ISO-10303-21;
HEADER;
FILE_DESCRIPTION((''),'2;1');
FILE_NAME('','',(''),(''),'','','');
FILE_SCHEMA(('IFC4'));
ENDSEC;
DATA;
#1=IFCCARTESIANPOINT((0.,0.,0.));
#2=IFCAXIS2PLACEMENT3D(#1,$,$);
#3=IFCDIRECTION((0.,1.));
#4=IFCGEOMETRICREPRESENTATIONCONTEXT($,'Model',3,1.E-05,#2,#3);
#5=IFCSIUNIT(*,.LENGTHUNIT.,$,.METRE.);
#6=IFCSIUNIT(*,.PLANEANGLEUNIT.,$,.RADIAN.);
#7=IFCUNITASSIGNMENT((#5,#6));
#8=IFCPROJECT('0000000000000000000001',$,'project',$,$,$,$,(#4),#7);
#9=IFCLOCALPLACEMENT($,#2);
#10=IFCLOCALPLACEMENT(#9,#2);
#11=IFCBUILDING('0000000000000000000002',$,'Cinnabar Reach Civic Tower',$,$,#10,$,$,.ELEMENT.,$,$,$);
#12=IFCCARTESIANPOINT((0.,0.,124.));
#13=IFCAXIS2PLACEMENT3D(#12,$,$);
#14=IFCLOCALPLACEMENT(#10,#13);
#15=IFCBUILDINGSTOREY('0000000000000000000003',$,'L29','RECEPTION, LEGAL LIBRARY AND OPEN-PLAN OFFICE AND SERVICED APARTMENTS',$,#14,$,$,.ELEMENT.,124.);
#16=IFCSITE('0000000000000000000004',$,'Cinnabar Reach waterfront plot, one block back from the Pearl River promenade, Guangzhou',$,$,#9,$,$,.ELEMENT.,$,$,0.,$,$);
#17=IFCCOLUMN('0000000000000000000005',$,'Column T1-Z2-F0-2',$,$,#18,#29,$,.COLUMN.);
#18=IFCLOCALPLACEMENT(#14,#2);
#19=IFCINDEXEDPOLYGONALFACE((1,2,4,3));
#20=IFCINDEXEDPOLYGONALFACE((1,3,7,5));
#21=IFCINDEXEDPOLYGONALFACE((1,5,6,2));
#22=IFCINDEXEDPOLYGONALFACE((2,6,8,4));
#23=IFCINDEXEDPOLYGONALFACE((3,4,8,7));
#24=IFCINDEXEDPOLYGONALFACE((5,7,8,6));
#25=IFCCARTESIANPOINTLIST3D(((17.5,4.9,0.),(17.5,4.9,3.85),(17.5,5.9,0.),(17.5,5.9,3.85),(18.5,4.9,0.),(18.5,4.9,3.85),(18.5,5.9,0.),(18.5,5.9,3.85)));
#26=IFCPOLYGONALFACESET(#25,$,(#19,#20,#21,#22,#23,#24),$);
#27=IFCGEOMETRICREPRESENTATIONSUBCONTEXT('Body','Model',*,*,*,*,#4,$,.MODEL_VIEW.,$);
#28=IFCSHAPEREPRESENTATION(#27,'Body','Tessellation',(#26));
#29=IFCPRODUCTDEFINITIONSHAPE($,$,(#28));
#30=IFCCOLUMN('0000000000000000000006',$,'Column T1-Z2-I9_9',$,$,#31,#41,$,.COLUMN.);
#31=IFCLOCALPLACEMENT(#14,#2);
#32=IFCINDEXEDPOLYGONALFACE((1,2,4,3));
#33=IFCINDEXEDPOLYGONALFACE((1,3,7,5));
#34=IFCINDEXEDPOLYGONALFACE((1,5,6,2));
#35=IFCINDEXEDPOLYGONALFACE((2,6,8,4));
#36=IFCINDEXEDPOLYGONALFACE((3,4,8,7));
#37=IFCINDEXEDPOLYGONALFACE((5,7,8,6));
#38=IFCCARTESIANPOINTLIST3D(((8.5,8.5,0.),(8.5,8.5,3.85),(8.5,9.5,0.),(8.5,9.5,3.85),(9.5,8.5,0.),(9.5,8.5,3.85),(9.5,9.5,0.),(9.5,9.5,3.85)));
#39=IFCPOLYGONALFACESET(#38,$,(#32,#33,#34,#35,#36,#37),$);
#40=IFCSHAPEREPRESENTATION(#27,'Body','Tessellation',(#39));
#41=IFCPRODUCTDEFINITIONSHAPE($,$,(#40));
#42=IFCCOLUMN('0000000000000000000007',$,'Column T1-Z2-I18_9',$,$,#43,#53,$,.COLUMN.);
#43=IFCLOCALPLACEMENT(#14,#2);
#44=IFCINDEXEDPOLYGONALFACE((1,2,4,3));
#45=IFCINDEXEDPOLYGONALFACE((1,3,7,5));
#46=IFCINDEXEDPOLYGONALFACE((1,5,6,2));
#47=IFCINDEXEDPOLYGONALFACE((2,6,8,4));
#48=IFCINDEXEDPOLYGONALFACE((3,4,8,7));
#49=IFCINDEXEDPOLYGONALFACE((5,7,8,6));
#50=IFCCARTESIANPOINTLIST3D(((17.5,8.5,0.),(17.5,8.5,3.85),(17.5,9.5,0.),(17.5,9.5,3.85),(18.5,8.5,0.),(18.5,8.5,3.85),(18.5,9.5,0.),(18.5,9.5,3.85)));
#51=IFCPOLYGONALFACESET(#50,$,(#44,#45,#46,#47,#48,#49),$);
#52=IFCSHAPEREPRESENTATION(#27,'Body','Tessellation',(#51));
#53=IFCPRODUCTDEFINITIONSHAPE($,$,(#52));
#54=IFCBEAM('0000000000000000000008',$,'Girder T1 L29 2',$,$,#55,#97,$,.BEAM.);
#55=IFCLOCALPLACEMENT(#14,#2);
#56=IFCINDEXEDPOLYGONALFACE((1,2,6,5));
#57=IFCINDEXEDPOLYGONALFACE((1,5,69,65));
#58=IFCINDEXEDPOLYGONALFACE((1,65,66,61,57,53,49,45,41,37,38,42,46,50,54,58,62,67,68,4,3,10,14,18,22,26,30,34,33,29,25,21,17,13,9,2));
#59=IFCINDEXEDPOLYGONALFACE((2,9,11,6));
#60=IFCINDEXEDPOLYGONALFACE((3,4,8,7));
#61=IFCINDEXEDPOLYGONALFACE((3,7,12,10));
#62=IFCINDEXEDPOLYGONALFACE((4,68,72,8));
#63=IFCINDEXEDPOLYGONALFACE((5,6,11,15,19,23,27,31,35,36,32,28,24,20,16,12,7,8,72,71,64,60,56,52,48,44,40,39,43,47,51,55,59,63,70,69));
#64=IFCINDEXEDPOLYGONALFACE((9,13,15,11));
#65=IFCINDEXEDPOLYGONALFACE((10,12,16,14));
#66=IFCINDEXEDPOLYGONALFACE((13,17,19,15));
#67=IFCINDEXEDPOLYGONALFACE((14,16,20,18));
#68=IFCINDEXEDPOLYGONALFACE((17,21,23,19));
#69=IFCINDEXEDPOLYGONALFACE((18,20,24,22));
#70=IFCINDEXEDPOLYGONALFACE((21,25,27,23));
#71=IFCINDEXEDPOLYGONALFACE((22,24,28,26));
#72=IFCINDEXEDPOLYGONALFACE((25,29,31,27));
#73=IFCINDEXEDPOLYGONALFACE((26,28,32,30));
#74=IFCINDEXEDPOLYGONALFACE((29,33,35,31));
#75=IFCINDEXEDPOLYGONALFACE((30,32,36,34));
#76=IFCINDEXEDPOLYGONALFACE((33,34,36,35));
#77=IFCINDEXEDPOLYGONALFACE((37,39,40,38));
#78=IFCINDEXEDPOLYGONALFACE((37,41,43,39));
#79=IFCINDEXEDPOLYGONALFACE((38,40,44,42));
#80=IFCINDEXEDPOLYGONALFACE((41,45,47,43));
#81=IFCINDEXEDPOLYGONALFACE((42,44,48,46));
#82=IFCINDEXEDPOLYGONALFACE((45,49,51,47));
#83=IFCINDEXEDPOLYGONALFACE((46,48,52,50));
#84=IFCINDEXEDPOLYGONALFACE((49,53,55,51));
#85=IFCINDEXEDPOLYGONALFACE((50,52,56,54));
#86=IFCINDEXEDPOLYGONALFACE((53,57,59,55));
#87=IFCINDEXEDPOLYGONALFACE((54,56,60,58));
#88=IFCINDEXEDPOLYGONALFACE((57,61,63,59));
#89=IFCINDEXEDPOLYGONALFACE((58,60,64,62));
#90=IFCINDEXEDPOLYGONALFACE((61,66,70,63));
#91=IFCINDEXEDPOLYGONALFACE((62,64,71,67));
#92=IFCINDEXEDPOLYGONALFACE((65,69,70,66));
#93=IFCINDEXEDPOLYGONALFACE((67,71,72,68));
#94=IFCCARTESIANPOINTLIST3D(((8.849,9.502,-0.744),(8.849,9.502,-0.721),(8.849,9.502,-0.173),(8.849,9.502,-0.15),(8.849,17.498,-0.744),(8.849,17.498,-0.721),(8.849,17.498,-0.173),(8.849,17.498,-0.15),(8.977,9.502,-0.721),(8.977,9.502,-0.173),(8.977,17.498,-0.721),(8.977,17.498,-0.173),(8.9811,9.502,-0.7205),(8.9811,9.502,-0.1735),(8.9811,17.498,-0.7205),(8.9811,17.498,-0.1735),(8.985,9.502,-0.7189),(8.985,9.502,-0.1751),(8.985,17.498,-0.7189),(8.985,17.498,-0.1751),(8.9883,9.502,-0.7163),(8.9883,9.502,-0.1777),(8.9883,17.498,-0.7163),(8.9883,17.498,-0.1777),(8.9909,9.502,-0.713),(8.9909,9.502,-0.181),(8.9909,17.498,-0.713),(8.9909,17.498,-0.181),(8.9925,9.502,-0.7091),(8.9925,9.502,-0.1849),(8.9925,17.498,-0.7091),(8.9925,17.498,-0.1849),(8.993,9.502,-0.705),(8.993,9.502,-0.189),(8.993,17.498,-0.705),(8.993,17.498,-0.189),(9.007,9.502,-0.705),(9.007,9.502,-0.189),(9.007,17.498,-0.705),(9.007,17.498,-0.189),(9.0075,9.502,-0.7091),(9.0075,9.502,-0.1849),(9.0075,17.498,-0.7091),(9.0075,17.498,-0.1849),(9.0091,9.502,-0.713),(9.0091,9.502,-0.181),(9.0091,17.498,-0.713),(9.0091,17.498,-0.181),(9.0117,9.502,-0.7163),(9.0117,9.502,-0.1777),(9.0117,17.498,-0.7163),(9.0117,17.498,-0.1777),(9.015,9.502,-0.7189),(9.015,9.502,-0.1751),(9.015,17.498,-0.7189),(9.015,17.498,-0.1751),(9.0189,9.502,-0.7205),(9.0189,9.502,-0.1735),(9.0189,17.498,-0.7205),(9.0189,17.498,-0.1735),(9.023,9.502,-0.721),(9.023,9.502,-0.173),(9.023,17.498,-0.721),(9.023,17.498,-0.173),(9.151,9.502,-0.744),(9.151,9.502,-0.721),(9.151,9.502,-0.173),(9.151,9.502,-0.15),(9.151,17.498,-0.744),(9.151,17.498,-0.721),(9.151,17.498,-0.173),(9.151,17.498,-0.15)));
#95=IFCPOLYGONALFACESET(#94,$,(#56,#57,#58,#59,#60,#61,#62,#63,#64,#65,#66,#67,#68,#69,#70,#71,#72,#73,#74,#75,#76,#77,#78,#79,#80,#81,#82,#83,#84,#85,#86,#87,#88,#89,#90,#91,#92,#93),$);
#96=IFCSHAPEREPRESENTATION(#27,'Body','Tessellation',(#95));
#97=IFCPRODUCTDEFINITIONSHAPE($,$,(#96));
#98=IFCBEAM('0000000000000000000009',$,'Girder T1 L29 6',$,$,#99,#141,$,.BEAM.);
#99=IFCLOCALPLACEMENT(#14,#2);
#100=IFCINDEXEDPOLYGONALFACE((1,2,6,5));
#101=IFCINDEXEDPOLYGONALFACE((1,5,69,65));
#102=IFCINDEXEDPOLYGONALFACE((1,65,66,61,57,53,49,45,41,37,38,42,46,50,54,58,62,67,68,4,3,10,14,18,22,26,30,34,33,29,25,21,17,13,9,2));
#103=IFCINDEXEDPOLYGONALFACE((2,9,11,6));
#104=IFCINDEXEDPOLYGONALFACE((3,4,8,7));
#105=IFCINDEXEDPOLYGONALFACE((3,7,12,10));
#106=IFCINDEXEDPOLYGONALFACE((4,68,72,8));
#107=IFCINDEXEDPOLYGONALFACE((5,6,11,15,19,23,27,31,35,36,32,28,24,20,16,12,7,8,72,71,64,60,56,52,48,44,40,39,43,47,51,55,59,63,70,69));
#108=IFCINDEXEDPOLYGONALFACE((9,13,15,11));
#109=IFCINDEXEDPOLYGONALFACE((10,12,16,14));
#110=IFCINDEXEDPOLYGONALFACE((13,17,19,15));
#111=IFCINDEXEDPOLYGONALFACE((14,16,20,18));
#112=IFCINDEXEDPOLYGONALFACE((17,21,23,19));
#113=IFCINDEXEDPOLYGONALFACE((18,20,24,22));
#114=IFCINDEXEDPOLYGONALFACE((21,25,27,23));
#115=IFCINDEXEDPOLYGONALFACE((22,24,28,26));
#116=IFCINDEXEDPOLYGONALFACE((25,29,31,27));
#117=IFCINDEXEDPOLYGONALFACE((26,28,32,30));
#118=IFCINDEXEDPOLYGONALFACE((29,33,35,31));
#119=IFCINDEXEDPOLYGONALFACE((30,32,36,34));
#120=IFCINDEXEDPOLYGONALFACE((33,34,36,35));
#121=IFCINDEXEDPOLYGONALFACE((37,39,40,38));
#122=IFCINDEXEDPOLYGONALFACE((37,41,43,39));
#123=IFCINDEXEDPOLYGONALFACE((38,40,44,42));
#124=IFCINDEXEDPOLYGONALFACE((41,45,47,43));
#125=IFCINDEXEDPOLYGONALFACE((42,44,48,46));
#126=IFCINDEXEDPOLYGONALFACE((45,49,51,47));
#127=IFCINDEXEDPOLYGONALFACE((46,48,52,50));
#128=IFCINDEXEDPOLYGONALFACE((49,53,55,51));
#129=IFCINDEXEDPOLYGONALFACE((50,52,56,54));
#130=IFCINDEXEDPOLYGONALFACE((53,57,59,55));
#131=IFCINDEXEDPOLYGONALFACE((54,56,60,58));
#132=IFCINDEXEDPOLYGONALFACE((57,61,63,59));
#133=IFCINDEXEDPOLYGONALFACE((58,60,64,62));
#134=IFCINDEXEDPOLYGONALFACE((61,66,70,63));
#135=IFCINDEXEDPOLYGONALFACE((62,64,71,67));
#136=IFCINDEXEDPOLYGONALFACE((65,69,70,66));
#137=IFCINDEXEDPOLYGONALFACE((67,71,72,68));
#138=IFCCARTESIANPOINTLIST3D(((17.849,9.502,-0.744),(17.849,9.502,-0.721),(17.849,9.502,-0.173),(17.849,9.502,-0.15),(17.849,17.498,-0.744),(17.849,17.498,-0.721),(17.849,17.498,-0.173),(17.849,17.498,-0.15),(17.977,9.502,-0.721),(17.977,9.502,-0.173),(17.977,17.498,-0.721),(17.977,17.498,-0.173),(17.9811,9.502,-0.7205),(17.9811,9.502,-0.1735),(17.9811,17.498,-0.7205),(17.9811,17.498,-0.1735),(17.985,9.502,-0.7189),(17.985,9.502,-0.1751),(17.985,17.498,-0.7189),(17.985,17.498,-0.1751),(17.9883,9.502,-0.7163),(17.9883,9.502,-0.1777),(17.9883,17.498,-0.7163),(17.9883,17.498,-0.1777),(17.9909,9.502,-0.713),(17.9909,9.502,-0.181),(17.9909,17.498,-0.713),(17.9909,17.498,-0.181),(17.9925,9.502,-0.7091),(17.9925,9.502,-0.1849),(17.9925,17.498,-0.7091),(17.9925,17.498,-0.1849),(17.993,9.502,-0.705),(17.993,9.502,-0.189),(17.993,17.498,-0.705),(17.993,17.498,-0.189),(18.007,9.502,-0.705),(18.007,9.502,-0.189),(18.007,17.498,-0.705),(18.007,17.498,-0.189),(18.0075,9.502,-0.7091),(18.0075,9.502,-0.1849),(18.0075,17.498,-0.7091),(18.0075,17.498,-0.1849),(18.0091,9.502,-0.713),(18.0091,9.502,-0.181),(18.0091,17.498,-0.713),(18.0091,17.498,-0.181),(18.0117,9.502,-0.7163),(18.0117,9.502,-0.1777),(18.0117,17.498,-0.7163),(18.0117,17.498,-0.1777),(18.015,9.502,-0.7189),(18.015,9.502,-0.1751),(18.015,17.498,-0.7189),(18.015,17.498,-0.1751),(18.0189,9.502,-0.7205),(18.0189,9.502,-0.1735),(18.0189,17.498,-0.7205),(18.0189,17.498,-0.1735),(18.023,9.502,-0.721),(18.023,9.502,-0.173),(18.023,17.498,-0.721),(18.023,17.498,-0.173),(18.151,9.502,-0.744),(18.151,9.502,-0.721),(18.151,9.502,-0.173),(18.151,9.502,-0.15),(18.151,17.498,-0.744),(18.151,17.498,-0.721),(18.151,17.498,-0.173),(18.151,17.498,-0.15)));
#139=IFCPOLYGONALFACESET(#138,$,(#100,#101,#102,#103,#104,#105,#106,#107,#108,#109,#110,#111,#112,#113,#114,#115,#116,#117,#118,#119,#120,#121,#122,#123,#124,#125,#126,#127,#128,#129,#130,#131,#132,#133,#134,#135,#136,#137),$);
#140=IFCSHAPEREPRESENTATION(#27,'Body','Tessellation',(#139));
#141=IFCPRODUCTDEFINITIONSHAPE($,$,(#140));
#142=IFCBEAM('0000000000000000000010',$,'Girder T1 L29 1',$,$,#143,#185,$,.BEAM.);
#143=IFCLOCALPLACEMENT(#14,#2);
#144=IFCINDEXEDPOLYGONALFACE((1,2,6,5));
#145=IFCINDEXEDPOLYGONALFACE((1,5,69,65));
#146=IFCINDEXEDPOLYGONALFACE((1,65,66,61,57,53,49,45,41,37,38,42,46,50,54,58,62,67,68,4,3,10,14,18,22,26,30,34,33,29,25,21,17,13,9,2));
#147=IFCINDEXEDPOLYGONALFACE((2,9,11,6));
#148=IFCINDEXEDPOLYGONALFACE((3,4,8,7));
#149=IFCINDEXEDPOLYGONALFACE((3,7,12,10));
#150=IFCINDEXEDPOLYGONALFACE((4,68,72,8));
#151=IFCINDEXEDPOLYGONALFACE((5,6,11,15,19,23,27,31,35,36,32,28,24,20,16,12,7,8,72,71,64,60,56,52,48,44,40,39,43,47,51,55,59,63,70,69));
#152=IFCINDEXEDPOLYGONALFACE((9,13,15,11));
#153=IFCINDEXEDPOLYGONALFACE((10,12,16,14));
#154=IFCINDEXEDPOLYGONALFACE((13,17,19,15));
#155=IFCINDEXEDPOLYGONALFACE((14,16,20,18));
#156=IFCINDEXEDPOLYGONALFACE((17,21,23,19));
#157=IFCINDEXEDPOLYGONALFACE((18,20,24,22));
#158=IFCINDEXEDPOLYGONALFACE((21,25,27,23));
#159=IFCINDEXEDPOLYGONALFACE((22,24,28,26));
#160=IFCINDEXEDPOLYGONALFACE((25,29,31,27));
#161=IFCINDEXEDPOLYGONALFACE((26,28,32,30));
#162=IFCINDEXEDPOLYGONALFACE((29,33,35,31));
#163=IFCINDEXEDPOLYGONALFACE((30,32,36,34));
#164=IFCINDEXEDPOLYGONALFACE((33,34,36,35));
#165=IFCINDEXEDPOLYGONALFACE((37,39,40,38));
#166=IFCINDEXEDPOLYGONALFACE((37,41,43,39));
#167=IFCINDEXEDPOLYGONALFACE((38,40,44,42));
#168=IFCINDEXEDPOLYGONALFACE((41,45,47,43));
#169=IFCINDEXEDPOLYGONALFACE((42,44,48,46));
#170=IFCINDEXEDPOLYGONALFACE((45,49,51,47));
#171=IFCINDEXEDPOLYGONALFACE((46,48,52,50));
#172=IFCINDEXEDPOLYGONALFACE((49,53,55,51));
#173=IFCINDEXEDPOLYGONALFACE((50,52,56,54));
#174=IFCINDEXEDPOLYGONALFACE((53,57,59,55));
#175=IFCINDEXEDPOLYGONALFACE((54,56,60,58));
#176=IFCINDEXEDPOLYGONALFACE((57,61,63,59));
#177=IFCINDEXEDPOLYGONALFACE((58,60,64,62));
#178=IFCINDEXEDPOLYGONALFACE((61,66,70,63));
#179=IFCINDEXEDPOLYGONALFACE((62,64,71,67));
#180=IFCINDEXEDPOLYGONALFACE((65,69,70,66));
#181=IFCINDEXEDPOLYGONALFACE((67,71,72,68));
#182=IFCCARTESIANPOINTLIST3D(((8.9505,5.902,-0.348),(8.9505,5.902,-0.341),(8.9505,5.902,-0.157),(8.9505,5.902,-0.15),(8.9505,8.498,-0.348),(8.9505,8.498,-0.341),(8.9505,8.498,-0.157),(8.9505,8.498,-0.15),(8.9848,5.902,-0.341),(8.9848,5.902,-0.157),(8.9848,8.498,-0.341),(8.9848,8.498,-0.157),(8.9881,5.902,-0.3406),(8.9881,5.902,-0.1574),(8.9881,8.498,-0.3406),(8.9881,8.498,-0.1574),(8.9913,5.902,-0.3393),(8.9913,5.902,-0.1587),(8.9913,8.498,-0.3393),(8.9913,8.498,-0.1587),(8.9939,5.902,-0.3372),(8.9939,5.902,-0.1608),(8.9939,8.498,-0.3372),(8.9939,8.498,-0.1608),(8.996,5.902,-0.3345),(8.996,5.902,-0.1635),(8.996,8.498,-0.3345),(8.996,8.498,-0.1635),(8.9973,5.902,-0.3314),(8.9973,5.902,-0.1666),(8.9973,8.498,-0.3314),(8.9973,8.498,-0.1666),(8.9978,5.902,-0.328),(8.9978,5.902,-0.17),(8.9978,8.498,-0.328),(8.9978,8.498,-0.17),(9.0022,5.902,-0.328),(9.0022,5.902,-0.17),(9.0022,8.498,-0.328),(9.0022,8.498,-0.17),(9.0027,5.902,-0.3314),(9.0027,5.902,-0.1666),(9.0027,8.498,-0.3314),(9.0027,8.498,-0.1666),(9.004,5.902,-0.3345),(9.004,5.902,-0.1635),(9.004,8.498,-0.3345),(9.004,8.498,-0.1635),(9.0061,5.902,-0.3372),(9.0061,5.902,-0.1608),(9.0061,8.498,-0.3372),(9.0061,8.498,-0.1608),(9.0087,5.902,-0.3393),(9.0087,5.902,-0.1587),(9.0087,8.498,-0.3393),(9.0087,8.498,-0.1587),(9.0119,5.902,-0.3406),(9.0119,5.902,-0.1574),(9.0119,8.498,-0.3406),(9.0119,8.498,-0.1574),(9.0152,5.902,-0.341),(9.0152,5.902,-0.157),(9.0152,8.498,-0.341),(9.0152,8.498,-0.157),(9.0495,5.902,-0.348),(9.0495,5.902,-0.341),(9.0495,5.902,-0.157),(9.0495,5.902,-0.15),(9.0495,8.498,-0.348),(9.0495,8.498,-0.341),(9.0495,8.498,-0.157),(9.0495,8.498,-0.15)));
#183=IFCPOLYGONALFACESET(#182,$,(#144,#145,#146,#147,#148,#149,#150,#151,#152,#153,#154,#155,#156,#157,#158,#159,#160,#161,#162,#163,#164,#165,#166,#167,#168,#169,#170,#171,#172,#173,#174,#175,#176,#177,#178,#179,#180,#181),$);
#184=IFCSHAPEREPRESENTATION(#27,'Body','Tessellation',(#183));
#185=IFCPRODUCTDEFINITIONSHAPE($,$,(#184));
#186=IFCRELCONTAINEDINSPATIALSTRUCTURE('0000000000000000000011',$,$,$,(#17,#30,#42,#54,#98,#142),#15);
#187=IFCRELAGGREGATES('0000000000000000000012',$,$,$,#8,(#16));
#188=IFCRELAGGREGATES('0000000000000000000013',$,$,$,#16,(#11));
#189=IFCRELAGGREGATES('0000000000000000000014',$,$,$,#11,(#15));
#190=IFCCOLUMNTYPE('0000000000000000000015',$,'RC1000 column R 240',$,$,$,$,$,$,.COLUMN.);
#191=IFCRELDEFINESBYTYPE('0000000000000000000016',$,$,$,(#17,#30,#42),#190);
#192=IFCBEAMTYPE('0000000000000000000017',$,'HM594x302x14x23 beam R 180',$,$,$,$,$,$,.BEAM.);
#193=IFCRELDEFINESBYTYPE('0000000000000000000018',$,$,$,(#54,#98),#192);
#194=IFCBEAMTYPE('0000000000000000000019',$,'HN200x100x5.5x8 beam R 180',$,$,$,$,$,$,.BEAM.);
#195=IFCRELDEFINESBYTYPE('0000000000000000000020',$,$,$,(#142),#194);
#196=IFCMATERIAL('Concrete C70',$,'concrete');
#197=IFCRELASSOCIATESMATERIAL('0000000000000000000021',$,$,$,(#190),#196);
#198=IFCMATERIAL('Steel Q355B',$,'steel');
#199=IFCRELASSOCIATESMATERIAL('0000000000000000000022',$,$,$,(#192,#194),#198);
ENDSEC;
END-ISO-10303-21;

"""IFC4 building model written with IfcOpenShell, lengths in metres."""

from ifc_helpers import new_model, si_unit, direction, frame, origin, origin_2d, place, context, subcontext, project, spatial, rectangle, i_section, extrude, material, material_profile, profile_set, type_object, element, save


model = new_model("IFC4")

# Units and contexts
model_context = context("Model", 3, precision=1e-05, world=origin(), true_north=direction((0.0, 1.0)))
body_context = subcontext(model_context, "Body", "Model", "MODEL_VIEW")
ifc_project = project(units=[si_unit("LENGTHUNIT", "METRE"), si_unit("PLANEANGLEUNIT", "RADIAN")], contexts=[model_context])

# Site, building, storey
site_placement = place(None, origin())
site = spatial("IfcSite", under=ifc_project, at=site_placement, Name="Cinnabar Reach waterfront plot, one block back from the Pearl River promenade, Guangzhou", CompositionType="ELEMENT", RefElevation=0.0)
building_placement = place(site_placement, origin())
building = spatial("IfcBuilding", under=site, at=building_placement, Name="Cinnabar Reach Civic Tower", CompositionType="ELEMENT")
storey_placement = place(building_placement, frame((0.0, 0.0, 124.0)))
storey = spatial("IfcBuildingStorey", under=building, at=storey_placement, Name="L29", Description="RECEPTION, LEGAL LIBRARY AND OPEN-PLAN OFFICE AND SERVICED APARTMENTS", CompositionType="ELEMENT", Elevation=124.0)

# Columns
ifc_material_1 = material(Name="Concrete C70", Category="concrete")
ifc_material_profile_1 = material_profile(ifc_material_1, rectangle(XDim=1.0, YDim=1.0, at=origin_2d()), Name="RC1000")
ifc_profile_set_1 = profile_set([ifc_material_profile_1], Name="Concrete C70")
column_type = type_object("IfcColumnType", Name="RC1000 column R 240", PredefinedType="COLUMN", material=ifc_profile_set_1)
for number, where, z_axis, x_axis, name in (
    (1, (18.0, 5.4, 0.0), (0.0, 0.0, 1.0), (1.0, 0.0, 0.0), "Column T1-Z2-F0-2"),
    (2, (9.0, 9.0, 0.0), (0.0, 0.0, 1.0), (1.0, 0.0, 0.0), "Column T1-Z2-I9_9"),
    (3, (18.0, 9.0, 0.0), (0.0, 0.0, 1.0), (1.0, 0.0, 0.0), "Column T1-Z2-I18_9"),
):
    element("IfcColumn", number, at=place(storey_placement, frame(where, z_axis=z_axis, x_axis=x_axis)), inside=storey, type_object=column_type, Name=name, PredefinedType="COLUMN", context=body_context, shape_type="SweptSolid", body=[
        extrude(rectangle(XDim=1.0, YDim=1.0, at=origin_2d()), origin(), (0.0, 0.0, 1.0), 3.85),
    ])

# Beams
ifc_material_2 = material(Name="Steel Q355B", Category="steel")
ifc_material_profile_2 = material_profile(ifc_material_2, i_section(OverallWidth=0.302, OverallDepth=0.594, WebThickness=0.014, FlangeThickness=0.023, FilletRadius=0.016, at=origin_2d()), Name="HM594x302x14x23")
ifc_profile_set_2 = profile_set([ifc_material_profile_2], Name="Steel Q355B")
beam_type_1 = type_object("IfcBeamType", Name="HM594x302x14x23 beam R 180", PredefinedType="BEAM", material=ifc_profile_set_2)
for number, where, z_axis, x_axis, name in (
    (4, (9.0, 9.502, -0.447), (0.0, 1.0, 0.0), (-1.0, 0.0, 0.0), "Girder T1 L29 2"),
    (5, (18.0, 9.502, -0.447), (0.0, 1.0, 0.0), (-1.0, 0.0, 0.0), "Girder T1 L29 6"),
):
    element("IfcBeam", number, at=place(storey_placement, frame(where, z_axis=z_axis, x_axis=x_axis)), inside=storey, type_object=beam_type_1, Name=name, PredefinedType="BEAM", context=body_context, shape_type="SweptSolid", body=[
        extrude(i_section(OverallWidth=0.302, OverallDepth=0.594, WebThickness=0.014, FlangeThickness=0.023, FilletRadius=0.016, at=origin_2d()), origin(), (0.0, 0.0, 1.0), 7.996),
    ])
ifc_material_profile_3 = material_profile(ifc_material_2, i_section(OverallWidth=0.099, OverallDepth=0.198, WebThickness=0.0045, FlangeThickness=0.007, FilletRadius=0.013, at=origin_2d()), Name="HN200x100x5.5x8")
ifc_profile_set_3 = profile_set([ifc_material_profile_3], Name="Steel Q355B")
beam_type_2 = type_object("IfcBeamType", Name="HN200x100x5.5x8 beam R 180", PredefinedType="BEAM", material=ifc_profile_set_3)
for number, where, z_axis, x_axis, name in (
    (6, (9.0, 5.902, -0.249), (0.0, 1.0, 0.0), (-1.0, 0.0, 0.0), "Girder T1 L29 1"),
):
    element("IfcBeam", number, at=place(storey_placement, frame(where, z_axis=z_axis, x_axis=x_axis)), inside=storey, type_object=beam_type_2, Name=name, PredefinedType="BEAM", context=body_context, shape_type="SweptSolid", body=[
        extrude(i_section(OverallWidth=0.099, OverallDepth=0.198, WebThickness=0.0045, FlangeThickness=0.007, FilletRadius=0.013, at=origin_2d()), origin(), (0.0, 0.0, 1.0), 2.596),
    ])

save(model, "model.ifc")
